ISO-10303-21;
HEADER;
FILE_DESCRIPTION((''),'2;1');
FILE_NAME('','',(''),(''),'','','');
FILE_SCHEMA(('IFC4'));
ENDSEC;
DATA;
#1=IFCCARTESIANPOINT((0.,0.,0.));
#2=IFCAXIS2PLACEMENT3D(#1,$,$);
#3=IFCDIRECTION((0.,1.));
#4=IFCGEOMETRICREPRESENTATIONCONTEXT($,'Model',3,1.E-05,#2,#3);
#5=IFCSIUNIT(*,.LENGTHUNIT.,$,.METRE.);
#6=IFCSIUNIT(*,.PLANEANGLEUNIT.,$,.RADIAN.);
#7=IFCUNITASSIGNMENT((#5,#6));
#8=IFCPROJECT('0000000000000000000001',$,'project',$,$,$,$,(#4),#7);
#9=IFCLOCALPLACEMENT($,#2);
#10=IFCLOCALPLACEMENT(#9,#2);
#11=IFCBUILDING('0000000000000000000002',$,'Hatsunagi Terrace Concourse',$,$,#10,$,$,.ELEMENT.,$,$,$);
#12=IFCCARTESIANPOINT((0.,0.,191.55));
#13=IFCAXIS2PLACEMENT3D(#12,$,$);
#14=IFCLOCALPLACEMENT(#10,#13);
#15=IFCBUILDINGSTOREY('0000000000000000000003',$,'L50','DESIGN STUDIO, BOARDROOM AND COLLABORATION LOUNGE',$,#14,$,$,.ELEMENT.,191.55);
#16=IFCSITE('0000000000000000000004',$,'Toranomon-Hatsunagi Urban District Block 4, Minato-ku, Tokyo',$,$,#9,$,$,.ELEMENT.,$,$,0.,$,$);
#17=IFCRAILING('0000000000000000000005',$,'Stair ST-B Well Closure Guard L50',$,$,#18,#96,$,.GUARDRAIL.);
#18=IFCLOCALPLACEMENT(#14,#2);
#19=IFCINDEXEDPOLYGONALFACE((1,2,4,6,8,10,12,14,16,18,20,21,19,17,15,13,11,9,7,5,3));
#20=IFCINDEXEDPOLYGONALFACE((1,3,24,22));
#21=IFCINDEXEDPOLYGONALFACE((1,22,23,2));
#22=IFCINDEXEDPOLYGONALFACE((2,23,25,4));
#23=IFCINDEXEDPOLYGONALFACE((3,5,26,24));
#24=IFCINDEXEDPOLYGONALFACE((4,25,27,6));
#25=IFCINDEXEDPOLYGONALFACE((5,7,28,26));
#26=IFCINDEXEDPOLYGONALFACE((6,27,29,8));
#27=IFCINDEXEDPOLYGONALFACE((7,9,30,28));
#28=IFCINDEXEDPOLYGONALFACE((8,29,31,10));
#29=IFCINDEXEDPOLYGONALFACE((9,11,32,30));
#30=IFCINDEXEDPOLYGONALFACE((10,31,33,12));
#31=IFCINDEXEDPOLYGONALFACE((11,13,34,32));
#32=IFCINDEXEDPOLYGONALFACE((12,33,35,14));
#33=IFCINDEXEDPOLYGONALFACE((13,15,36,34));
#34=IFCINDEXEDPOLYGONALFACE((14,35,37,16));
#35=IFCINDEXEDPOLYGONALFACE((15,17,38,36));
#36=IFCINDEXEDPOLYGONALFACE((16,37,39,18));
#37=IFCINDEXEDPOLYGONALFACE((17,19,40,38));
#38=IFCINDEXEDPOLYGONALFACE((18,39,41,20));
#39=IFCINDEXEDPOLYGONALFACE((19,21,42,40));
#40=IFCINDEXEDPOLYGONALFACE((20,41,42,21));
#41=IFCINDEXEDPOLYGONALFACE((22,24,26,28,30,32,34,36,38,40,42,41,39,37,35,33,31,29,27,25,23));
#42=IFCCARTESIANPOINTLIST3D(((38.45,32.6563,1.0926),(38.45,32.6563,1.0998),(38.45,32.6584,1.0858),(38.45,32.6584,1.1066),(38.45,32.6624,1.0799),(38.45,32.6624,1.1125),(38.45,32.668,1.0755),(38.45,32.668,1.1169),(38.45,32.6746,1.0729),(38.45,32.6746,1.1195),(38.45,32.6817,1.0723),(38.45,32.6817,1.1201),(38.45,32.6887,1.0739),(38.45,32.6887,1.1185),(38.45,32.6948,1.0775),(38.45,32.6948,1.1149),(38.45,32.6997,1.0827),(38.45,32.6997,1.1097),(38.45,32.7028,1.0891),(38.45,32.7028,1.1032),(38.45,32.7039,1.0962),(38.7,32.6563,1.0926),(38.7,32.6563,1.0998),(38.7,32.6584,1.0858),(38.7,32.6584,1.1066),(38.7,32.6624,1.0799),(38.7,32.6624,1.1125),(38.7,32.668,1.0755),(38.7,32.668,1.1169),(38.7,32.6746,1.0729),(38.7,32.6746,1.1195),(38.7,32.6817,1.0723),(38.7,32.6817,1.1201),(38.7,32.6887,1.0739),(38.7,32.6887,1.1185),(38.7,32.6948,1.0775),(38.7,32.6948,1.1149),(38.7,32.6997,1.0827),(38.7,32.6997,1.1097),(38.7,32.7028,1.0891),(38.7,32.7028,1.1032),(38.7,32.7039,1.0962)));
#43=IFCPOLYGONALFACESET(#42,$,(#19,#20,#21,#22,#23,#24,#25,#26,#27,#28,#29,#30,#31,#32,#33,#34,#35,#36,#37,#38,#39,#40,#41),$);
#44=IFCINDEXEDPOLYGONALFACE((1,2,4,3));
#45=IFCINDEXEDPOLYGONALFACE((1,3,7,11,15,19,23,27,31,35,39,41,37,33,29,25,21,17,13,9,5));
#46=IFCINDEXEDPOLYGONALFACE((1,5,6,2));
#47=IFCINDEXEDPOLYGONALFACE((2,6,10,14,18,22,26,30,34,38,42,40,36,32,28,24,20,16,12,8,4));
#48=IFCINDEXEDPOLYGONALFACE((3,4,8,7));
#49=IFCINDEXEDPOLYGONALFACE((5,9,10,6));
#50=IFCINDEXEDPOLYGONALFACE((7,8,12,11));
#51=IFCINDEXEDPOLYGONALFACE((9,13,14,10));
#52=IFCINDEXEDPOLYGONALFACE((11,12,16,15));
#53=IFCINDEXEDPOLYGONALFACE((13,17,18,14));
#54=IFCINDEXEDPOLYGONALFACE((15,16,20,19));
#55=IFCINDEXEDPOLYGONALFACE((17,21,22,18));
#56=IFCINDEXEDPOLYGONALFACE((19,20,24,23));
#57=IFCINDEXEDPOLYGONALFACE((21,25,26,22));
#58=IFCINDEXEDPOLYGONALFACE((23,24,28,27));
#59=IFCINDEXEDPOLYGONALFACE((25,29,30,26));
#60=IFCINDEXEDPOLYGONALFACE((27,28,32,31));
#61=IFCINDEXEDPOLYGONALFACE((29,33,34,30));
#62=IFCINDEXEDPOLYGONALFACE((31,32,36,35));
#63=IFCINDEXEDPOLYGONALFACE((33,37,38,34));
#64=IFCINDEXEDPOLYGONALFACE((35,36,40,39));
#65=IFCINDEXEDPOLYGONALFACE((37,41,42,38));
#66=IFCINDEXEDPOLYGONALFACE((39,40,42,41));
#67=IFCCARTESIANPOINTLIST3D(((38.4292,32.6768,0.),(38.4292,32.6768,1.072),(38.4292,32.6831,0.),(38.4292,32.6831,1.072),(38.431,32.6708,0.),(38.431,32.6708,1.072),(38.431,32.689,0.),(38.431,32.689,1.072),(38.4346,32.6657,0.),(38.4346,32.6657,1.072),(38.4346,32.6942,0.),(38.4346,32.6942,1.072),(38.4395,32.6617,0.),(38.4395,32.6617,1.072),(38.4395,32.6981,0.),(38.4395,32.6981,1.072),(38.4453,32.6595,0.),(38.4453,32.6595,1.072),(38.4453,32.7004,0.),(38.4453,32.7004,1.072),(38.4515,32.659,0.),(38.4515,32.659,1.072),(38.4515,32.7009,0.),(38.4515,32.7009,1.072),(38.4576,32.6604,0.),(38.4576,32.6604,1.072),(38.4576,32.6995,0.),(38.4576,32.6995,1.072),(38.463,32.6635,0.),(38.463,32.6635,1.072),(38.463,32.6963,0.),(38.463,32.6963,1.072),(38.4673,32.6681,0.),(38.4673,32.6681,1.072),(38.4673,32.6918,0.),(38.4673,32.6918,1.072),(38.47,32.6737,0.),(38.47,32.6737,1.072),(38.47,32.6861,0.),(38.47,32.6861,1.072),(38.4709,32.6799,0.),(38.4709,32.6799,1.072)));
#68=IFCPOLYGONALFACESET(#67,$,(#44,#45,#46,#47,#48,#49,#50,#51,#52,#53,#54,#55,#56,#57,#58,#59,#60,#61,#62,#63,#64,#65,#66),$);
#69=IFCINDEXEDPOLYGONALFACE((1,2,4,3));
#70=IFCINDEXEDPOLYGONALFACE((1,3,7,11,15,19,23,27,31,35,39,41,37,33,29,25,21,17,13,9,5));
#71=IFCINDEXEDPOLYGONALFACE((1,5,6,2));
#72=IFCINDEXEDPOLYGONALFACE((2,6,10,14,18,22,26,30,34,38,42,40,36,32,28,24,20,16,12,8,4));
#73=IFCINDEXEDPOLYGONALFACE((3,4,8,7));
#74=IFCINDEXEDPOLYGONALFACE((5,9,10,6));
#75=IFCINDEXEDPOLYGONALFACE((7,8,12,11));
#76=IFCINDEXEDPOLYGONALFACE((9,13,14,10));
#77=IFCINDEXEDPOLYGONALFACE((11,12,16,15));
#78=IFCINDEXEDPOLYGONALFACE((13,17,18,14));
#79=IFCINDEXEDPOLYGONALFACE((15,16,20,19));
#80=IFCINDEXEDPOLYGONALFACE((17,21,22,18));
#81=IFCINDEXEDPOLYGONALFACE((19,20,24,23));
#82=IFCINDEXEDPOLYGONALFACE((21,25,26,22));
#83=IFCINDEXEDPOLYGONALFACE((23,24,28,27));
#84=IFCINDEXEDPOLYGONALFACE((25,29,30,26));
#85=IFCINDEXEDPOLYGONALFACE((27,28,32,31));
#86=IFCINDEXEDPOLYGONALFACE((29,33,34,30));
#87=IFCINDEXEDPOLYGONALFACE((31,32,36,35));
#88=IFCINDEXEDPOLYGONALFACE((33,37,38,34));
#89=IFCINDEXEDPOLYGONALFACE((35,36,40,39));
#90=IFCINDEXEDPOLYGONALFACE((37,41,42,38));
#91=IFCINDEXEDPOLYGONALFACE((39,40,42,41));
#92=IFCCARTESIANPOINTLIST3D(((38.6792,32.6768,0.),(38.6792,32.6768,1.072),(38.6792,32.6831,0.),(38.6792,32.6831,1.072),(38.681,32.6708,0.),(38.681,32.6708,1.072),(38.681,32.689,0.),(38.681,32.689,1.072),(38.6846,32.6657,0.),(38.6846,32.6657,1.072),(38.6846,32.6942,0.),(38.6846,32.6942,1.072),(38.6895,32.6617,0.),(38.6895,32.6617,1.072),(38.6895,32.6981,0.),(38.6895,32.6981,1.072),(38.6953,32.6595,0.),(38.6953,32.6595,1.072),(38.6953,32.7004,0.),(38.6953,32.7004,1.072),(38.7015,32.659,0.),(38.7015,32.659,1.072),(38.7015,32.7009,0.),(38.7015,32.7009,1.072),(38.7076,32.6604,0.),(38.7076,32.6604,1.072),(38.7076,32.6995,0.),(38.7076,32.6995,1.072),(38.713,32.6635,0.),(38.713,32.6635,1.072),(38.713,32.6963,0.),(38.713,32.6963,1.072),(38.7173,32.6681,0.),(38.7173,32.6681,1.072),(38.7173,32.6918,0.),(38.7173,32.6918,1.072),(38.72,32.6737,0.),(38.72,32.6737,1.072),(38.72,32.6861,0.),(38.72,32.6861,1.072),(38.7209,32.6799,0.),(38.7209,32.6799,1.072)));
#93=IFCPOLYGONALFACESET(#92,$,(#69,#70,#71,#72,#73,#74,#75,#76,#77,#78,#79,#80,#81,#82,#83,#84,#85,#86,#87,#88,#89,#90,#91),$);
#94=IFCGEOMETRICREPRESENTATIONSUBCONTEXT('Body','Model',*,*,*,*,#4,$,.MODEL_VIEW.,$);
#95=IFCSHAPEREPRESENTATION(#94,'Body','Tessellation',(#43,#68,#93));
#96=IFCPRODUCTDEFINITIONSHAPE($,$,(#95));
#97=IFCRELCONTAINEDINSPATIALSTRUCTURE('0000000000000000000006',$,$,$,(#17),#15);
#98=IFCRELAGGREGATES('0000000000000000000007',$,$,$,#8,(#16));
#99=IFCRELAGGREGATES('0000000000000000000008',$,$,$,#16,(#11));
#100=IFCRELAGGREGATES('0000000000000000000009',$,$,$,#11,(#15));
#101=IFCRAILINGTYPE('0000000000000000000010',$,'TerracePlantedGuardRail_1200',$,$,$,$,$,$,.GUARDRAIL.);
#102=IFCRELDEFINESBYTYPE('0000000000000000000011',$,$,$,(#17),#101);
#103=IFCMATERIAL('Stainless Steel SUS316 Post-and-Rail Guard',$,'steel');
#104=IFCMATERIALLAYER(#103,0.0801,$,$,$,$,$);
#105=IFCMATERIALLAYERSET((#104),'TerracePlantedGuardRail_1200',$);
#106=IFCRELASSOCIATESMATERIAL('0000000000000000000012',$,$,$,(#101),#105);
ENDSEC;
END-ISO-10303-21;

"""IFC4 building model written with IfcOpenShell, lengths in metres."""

from ifc_helpers import new_model, si_unit, direction, frame, origin, origin_2d, place, context, subcontext, project, spatial, circle, extrude, material, layer, layer_set, type_object, element, save


model = new_model("IFC4")

# Units and contexts
model_context = context("Model", 3, precision=1e-05, world=origin(), true_north=direction((0.0, 1.0)))
body_context = subcontext(model_context, "Body", "Model", "MODEL_VIEW")
ifc_project = project(units=[si_unit("LENGTHUNIT", "METRE"), si_unit("PLANEANGLEUNIT", "RADIAN")], contexts=[model_context])

# Site, building, storey
site_placement = place(None, origin())
site = spatial("IfcSite", under=ifc_project, at=site_placement, Name="Toranomon-Hatsunagi Urban District Block 4, Minato-ku, Tokyo", CompositionType="ELEMENT", RefElevation=0.0)
building_placement = place(site_placement, origin())
building = spatial("IfcBuilding", under=site, at=building_placement, Name="Hatsunagi Terrace Concourse", CompositionType="ELEMENT")
storey_placement = place(building_placement, frame((0.0, 0.0, 191.55)))
storey = spatial("IfcBuildingStorey", under=building, at=storey_placement, Name="L50", Description="DESIGN STUDIO, BOARDROOM AND COLLABORATION LOUNGE", CompositionType="ELEMENT", Elevation=191.55)

# Railing
ifc_material_1 = material(Name="Stainless Steel SUS316 Post-and-Rail Guard", Category="steel")
ifc_layer_1 = layer(ifc_material_1, 0.0801)
ifc_layer_set_1 = layer_set([ifc_layer_1], Name="TerracePlantedGuardRail_1200")
railing_type_1 = type_object("IfcRailingType", Name="TerracePlantedGuardRail_1200", PredefinedType="GUARDRAIL", material=ifc_layer_set_1)
railing_1_placement = place(storey_placement, frame((38.45, 32.6799, 0.0)))
element("IfcRailing", 1, at=railing_1_placement, inside=storey, type_object=railing_type_1, Name="Stair ST-B Well Closure Guard L50", PredefinedType="GUARDRAIL", context=body_context, shape_type="SweptSolid", body=[
    extrude(circle(Radius=0.0239, at=origin_2d()), frame((0.0, 0.0, 1.0962), z_axis=(1.0, 0.0, 0.0), x_axis=(0.0, 1.0, 0.0)), (0.0, 0.0, 1.0), 0.25),
    extrude(circle(Radius=0.021, at=origin_2d()), origin(), (0.0, 0.0, 1.0), 1.072),
    extrude(circle(Radius=0.021, at=origin_2d()), frame((0.25, 0.0, 0.0)), (0.0, 0.0, 1.0), 1.072),
])

save(model, "model.ifc")
